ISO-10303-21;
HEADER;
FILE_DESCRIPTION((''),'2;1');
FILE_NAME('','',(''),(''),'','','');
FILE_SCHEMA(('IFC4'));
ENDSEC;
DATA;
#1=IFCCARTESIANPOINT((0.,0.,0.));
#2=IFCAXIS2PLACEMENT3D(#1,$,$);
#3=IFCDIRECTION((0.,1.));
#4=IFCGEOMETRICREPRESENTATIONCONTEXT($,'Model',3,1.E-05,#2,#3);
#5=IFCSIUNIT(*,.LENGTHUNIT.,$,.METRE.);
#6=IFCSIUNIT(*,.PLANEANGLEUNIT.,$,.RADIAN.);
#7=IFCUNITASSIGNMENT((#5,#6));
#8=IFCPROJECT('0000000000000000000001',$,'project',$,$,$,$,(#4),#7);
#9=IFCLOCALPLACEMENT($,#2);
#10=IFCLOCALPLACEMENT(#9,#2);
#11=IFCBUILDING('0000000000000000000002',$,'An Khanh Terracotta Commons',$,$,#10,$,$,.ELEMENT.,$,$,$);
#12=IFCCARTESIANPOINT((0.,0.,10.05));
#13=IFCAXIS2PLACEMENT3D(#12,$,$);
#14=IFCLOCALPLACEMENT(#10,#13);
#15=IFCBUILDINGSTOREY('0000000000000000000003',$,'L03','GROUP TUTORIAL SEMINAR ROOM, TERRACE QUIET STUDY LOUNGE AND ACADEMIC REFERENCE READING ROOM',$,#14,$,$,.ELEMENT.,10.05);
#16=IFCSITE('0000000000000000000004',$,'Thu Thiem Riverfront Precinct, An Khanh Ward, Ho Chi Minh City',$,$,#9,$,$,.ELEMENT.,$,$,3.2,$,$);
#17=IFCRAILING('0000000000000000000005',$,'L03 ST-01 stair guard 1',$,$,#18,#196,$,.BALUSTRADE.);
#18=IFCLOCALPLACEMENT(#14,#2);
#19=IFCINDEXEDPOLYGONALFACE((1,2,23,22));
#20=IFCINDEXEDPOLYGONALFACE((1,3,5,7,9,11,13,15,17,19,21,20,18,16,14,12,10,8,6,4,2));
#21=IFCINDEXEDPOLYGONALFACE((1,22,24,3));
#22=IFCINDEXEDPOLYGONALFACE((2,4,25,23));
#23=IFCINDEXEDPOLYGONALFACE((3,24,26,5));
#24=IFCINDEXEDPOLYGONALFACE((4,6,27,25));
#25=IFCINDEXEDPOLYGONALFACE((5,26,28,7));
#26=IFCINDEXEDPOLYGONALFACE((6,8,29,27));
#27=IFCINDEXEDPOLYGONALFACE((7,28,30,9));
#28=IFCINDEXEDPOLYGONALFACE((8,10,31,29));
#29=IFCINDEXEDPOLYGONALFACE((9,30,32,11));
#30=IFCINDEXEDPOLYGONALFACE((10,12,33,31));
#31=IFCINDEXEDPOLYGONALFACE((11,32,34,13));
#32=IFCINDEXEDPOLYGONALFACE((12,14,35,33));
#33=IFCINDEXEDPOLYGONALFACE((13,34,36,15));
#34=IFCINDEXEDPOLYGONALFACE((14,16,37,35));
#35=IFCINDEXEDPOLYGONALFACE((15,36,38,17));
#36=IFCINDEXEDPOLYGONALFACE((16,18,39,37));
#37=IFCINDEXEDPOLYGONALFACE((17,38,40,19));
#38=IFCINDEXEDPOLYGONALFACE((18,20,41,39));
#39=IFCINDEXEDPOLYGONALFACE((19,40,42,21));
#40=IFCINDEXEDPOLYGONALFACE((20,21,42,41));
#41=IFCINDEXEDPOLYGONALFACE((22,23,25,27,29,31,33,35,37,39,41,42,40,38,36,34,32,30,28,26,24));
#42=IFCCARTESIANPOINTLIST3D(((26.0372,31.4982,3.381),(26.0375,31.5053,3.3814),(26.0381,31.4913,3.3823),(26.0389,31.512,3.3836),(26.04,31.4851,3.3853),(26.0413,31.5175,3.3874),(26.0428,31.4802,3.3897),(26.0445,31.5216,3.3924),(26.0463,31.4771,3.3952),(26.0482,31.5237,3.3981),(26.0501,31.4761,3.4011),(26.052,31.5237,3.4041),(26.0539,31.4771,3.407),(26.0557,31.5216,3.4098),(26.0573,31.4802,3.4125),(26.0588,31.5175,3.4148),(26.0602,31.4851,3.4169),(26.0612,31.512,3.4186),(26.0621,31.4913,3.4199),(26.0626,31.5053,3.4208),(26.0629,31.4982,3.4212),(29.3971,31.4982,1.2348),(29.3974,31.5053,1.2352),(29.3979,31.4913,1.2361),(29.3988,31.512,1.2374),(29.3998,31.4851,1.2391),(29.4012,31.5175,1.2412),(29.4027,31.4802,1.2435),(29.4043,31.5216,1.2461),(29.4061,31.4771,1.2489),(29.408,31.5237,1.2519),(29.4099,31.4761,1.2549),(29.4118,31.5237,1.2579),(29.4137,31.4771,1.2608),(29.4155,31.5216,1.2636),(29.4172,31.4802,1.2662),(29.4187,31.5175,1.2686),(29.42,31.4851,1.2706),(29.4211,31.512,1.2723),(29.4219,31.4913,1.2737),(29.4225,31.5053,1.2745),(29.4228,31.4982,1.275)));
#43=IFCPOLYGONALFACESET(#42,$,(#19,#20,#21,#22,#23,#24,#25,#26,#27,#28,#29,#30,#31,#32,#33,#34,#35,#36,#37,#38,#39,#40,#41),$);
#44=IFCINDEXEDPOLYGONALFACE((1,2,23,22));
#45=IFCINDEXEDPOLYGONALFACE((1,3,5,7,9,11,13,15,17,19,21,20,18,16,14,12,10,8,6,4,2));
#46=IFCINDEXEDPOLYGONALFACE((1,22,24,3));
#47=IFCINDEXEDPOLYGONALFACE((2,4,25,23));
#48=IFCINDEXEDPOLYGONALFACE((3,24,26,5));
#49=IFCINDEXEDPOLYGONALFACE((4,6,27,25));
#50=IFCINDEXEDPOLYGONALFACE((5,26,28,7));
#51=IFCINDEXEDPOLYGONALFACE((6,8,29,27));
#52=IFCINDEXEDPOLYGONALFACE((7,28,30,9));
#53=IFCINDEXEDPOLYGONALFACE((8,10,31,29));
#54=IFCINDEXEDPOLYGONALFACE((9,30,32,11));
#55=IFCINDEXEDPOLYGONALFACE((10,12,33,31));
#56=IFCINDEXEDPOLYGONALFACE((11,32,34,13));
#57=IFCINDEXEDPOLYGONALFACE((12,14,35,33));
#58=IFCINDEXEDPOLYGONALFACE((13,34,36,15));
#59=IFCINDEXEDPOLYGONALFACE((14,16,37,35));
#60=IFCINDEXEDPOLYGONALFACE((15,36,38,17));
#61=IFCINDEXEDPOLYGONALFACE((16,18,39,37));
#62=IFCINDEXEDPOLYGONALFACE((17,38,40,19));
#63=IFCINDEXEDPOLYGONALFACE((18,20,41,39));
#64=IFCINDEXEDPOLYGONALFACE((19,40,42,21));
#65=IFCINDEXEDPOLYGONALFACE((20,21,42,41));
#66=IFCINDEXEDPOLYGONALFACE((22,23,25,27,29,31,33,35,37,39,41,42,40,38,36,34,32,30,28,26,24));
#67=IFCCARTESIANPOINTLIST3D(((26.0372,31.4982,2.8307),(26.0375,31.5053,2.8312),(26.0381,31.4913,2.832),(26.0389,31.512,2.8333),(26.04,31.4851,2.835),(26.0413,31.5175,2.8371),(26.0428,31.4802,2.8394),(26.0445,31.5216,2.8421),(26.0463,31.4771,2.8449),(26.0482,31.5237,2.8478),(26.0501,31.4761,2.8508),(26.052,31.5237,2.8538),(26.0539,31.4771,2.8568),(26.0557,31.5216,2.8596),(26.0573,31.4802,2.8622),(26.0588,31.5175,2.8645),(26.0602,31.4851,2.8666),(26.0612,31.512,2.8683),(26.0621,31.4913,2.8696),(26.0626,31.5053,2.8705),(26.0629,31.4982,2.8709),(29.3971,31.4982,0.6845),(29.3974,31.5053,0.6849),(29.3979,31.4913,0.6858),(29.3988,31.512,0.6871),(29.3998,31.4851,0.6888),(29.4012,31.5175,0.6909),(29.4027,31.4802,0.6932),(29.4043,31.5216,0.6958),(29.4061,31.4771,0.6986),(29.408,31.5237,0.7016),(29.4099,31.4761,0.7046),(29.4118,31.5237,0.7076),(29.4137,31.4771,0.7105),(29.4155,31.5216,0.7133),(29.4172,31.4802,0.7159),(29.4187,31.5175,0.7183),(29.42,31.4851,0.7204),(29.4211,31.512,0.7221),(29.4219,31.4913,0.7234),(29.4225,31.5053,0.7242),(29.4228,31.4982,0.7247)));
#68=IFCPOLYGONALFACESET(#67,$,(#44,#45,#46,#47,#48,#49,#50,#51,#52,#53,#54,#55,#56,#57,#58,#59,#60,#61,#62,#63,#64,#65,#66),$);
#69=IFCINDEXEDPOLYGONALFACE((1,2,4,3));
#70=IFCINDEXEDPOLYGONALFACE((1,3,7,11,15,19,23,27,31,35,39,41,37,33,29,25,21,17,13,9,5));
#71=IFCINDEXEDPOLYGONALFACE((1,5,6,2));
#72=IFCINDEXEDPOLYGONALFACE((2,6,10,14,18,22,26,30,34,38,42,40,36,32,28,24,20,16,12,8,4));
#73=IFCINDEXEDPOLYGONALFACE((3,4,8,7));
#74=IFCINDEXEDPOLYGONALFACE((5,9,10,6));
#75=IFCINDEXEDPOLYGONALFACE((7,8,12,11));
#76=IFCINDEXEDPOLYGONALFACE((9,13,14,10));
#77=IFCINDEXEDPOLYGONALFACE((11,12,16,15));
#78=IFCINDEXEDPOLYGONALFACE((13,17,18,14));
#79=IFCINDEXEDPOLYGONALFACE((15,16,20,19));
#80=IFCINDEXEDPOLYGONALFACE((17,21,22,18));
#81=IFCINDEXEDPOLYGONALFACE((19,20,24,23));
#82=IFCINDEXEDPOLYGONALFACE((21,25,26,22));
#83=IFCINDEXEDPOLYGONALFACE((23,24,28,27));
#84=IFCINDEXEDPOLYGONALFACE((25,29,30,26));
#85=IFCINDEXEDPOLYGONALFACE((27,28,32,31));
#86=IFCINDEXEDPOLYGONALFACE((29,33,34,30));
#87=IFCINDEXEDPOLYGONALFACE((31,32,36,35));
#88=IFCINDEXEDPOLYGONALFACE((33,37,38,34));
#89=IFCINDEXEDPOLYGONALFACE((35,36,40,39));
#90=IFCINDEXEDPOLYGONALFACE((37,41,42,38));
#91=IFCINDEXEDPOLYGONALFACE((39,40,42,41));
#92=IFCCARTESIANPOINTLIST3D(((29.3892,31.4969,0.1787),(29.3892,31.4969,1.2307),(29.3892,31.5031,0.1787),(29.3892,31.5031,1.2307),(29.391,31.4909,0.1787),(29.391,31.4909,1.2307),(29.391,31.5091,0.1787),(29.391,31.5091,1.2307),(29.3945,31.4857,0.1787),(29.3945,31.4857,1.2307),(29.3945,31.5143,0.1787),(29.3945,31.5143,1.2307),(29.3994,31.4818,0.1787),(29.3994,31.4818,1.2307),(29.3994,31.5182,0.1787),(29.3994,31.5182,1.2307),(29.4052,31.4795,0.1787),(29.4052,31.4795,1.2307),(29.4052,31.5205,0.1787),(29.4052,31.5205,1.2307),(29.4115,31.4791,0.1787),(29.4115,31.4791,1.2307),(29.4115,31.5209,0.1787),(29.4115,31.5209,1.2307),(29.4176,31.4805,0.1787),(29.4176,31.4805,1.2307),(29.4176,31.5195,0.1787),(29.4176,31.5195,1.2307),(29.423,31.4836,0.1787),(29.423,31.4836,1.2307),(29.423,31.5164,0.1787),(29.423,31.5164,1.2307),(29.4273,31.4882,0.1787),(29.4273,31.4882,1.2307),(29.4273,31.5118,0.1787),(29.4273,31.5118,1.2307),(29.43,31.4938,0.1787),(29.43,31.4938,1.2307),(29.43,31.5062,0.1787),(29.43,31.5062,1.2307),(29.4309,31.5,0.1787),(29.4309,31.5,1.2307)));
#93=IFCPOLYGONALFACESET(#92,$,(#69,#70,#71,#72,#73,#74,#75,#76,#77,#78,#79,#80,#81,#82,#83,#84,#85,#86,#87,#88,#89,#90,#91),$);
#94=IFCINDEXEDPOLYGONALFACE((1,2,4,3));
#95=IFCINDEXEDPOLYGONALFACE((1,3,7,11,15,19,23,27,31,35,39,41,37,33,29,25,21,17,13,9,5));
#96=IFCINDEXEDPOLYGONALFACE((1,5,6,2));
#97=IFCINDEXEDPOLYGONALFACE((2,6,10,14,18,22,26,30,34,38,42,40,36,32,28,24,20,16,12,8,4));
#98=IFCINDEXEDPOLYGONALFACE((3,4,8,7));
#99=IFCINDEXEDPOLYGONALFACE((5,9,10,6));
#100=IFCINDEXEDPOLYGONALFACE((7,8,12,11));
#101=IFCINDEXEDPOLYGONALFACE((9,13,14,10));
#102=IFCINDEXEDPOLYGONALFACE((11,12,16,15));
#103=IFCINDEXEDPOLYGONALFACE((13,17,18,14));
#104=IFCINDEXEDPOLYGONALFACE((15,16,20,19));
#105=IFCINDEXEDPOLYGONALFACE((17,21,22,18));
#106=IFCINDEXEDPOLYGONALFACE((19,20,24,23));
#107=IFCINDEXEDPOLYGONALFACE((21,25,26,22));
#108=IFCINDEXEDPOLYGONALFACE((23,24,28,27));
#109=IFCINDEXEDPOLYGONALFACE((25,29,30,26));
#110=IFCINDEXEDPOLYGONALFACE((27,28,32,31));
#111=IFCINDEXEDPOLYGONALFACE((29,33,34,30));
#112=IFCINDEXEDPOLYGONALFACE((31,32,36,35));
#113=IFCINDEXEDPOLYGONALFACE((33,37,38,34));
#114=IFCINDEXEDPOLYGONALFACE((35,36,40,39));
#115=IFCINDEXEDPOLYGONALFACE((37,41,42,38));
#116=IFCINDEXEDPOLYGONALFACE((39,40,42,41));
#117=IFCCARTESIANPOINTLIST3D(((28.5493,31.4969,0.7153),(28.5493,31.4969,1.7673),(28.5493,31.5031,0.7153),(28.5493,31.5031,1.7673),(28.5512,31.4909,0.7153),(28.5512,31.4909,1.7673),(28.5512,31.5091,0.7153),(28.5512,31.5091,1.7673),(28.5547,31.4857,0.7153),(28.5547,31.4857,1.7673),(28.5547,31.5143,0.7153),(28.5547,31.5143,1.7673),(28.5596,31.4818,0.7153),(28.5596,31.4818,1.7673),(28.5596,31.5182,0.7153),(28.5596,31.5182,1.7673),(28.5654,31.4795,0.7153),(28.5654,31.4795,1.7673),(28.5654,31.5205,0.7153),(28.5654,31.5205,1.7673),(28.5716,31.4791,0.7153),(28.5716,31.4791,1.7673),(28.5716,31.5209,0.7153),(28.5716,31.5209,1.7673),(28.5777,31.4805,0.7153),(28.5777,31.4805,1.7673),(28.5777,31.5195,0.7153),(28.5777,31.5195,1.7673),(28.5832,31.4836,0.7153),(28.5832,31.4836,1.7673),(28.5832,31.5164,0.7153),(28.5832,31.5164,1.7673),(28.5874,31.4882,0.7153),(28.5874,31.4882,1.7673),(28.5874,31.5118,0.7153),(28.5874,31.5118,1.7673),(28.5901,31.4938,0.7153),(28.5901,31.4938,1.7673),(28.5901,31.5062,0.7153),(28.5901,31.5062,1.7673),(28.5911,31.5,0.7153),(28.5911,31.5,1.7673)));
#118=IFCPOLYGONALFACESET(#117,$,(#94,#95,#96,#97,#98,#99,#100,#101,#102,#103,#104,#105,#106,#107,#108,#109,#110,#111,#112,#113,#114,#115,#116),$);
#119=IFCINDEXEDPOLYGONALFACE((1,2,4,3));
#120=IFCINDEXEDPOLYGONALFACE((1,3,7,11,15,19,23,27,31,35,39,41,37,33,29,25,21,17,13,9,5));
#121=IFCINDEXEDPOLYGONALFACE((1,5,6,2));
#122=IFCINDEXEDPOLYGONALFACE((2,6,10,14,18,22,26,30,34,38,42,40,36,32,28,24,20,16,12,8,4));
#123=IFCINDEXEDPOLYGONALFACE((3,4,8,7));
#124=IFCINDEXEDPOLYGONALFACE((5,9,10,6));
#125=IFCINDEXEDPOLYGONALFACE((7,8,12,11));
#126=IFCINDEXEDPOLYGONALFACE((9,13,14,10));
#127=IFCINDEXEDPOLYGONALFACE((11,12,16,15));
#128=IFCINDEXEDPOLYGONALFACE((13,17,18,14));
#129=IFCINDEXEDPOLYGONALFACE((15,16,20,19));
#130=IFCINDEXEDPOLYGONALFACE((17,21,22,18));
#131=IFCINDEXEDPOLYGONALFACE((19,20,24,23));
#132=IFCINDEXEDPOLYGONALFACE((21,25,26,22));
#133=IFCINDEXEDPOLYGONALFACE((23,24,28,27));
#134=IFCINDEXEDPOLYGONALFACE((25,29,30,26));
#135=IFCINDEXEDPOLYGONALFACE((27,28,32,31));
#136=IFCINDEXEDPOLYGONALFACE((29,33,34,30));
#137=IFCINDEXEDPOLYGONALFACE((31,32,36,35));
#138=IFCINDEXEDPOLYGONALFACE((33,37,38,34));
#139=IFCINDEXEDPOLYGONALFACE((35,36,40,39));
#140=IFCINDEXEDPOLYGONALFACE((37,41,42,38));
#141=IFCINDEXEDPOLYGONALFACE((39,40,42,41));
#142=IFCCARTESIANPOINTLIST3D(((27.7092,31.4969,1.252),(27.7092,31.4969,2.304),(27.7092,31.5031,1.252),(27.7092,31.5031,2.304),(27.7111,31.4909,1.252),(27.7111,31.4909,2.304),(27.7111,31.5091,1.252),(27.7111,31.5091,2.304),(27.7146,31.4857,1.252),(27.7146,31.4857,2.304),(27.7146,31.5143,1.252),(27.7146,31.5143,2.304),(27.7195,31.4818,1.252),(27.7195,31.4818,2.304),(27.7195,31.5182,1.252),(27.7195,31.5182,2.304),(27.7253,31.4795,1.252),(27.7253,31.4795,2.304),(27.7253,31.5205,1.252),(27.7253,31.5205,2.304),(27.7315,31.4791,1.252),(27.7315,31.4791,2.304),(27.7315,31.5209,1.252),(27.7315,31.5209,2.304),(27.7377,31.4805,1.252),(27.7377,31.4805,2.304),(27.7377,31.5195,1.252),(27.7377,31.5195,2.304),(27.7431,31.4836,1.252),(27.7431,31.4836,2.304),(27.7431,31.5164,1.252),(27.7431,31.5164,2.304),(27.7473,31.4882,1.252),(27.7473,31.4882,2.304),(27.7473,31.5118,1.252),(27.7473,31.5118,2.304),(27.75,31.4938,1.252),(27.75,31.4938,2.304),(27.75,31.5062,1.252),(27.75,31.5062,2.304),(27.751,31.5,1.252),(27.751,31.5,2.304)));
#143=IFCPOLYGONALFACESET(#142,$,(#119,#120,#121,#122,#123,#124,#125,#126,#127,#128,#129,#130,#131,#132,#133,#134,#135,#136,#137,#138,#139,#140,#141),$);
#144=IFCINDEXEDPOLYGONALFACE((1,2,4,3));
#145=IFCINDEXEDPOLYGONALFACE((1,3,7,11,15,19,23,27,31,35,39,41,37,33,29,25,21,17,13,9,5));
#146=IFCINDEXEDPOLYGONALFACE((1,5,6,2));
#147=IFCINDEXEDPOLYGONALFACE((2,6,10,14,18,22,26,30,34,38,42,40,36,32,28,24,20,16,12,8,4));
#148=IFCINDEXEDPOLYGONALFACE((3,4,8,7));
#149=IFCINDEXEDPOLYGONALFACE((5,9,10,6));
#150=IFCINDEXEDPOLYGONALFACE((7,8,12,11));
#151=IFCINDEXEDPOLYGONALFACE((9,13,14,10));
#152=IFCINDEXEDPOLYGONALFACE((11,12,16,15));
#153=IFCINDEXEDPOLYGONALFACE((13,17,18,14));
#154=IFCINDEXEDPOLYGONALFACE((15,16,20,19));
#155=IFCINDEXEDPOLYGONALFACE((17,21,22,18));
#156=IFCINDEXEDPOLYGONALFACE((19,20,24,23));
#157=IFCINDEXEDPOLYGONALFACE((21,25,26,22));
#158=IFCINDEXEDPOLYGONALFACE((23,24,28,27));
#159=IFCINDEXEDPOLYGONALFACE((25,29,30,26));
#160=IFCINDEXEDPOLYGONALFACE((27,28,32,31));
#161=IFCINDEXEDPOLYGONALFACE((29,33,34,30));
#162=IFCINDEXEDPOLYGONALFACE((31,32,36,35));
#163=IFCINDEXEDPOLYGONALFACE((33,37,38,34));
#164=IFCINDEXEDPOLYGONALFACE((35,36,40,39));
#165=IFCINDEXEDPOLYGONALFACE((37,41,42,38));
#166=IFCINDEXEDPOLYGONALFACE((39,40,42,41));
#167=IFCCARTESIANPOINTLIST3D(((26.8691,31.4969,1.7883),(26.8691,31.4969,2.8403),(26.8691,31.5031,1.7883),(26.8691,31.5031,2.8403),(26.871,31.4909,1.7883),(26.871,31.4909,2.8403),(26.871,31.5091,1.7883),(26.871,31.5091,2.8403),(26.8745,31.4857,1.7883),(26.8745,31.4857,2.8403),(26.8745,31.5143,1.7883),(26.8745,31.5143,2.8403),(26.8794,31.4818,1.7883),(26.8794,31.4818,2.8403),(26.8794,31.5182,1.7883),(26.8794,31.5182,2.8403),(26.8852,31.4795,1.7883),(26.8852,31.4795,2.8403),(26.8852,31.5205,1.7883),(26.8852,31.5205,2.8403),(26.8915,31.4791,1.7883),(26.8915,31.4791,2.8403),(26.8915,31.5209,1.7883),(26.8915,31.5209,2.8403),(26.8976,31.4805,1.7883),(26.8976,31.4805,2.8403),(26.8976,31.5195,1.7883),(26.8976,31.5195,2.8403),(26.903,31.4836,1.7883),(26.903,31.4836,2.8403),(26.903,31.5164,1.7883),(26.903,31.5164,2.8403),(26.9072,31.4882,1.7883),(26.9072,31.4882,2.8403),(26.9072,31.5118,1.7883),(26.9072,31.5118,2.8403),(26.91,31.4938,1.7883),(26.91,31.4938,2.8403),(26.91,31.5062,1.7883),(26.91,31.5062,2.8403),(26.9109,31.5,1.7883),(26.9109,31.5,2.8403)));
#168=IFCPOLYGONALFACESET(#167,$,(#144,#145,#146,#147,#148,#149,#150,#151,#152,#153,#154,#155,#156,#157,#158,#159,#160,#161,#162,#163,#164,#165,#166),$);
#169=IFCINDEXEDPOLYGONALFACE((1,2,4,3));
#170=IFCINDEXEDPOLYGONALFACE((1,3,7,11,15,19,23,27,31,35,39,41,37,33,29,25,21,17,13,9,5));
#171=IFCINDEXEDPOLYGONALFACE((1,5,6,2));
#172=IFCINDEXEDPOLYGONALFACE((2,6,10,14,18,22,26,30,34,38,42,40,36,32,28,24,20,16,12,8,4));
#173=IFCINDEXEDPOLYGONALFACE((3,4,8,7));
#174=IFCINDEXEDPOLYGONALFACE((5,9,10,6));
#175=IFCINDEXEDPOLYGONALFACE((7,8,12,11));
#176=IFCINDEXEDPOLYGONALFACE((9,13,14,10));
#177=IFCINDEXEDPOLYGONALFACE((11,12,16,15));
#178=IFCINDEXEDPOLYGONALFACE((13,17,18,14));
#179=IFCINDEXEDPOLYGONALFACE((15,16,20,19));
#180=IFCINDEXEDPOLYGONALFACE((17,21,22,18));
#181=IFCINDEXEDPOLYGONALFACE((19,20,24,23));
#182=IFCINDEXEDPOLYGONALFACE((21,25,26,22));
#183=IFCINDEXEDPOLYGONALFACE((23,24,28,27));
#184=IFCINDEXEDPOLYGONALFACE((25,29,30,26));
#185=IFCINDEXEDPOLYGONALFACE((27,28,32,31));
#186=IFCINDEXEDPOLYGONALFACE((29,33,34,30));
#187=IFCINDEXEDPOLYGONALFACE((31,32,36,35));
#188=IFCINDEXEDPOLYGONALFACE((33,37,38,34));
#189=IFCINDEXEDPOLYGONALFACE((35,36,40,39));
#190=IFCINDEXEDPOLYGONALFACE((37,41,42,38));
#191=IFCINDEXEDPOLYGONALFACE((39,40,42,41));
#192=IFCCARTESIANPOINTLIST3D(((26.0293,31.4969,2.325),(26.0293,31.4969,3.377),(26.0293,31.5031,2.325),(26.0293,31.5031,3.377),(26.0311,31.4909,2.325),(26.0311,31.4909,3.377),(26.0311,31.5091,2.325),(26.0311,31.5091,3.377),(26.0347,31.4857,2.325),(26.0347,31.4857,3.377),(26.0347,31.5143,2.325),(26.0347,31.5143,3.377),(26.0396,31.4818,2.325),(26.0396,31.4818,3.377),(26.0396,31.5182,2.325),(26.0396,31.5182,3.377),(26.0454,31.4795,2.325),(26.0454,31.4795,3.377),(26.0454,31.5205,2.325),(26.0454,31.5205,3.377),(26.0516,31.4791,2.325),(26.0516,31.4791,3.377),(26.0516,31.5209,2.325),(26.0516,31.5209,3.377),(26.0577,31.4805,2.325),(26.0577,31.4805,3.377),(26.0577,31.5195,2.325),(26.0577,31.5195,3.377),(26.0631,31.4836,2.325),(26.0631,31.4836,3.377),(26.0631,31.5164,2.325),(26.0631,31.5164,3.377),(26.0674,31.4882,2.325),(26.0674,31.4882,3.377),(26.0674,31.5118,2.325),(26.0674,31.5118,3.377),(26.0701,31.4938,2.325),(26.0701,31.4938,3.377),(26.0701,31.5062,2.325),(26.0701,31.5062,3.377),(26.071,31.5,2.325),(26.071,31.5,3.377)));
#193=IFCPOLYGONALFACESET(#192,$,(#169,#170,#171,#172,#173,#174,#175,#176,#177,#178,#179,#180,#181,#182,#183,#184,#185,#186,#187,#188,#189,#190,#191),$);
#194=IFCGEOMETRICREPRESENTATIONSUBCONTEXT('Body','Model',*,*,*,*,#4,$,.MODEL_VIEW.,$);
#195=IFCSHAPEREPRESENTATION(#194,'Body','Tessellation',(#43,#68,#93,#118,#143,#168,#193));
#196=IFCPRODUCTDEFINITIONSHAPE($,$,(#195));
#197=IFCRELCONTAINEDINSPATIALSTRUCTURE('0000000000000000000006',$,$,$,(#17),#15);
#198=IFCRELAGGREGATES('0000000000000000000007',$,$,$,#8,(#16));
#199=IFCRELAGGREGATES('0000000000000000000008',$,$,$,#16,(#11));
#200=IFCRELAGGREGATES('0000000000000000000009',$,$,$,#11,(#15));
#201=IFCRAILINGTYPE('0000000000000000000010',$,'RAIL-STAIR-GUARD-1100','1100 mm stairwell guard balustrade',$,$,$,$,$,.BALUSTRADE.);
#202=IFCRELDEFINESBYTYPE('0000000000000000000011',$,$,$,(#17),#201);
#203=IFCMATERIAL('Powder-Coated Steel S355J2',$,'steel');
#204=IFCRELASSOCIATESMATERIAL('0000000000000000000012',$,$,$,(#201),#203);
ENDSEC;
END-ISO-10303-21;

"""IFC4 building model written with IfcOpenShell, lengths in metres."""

from ifc_helpers import new_model, si_unit, direction, frame, origin, origin_2d, place, context, subcontext, project, spatial, circle, extrude, material, type_object, element, save


model = new_model("IFC4")

# Units and contexts
model_context = context("Model", 3, precision=1e-05, world=origin(), true_north=direction((0.0, 1.0)))
body_context = subcontext(model_context, "Body", "Model", "MODEL_VIEW")
ifc_project = project(units=[si_unit("LENGTHUNIT", "METRE"), si_unit("PLANEANGLEUNIT", "RADIAN")], contexts=[model_context])

# Site, building, storey
site_placement = place(None, origin())
site = spatial("IfcSite", under=ifc_project, at=site_placement, Name="Thu Thiem Riverfront Precinct, An Khanh Ward, Ho Chi Minh City", CompositionType="ELEMENT", RefElevation=3.2)
building_placement = place(site_placement, origin())
building = spatial("IfcBuilding", under=site, at=building_placement, Name="An Khanh Terracotta Commons", CompositionType="ELEMENT")
storey_placement = place(building_placement, frame((0.0, 0.0, 10.05)))
storey = spatial("IfcBuildingStorey", under=building, at=storey_placement, Name="L03", Description="GROUP TUTORIAL SEMINAR ROOM, TERRACE QUIET STUDY LOUNGE AND ACADEMIC REFERENCE READING ROOM", CompositionType="ELEMENT", Elevation=10.05)

# Railing
ifc_material_1 = material(Name="Powder-Coated Steel S355J2", Category="steel")
railing_type_1 = type_object("IfcRailingType", Name="RAIL-STAIR-GUARD-1100", Description="1100 mm stairwell guard balustrade", PredefinedType="BALUSTRADE", material=ifc_material_1)
railing_1_placement = place(storey_placement, frame((29.4099, 31.5, 0.1787)))
element("IfcRailing", 1, at=railing_1_placement, inside=storey, type_object=railing_type_1, Name="L03 ST-01 stair guard 1", PredefinedType="BALUSTRADE", context=body_context, shape_type="SweptSolid", body=[
    extrude(circle(Radius=0.0239, at=origin_2d()), frame((0.0, 0.0, 1.0762), z_axis=(-0.842735, 0.0, 0.538329), x_axis=(0.0, -1.0, 0.0)), (0.0, 0.0, 1.0), 3.9868),
    extrude(circle(Radius=0.0239, at=origin_2d()), frame((0.0, 0.0, 0.5259), z_axis=(-0.842735, 0.0, 0.538329), x_axis=(0.0, -1.0, 0.0)), (0.0, 0.0, 1.0), 3.9868),
    extrude(circle(Radius=0.021, at=origin_2d()), origin(), (0.0, 0.0, 1.0), 1.052),
    extrude(circle(Radius=0.021, at=origin_2d()), frame((-0.8398, 0.0, 0.5366)), (0.0, 0.0, 1.0), 1.052),
    extrude(circle(Radius=0.021, at=origin_2d()), frame((-1.6799, 0.0, 1.0732)), (0.0, 0.0, 1.0), 1.052),
    extrude(circle(Radius=0.021, at=origin_2d()), frame((-2.52, 0.0, 1.6096)), (0.0, 0.0, 1.0), 1.052),
    extrude(circle(Radius=0.021, at=origin_2d()), frame((-3.3599, 0.0, 2.1462)), (0.0, 0.0, 1.0), 1.052),
])

save(model, "model.ifc")
